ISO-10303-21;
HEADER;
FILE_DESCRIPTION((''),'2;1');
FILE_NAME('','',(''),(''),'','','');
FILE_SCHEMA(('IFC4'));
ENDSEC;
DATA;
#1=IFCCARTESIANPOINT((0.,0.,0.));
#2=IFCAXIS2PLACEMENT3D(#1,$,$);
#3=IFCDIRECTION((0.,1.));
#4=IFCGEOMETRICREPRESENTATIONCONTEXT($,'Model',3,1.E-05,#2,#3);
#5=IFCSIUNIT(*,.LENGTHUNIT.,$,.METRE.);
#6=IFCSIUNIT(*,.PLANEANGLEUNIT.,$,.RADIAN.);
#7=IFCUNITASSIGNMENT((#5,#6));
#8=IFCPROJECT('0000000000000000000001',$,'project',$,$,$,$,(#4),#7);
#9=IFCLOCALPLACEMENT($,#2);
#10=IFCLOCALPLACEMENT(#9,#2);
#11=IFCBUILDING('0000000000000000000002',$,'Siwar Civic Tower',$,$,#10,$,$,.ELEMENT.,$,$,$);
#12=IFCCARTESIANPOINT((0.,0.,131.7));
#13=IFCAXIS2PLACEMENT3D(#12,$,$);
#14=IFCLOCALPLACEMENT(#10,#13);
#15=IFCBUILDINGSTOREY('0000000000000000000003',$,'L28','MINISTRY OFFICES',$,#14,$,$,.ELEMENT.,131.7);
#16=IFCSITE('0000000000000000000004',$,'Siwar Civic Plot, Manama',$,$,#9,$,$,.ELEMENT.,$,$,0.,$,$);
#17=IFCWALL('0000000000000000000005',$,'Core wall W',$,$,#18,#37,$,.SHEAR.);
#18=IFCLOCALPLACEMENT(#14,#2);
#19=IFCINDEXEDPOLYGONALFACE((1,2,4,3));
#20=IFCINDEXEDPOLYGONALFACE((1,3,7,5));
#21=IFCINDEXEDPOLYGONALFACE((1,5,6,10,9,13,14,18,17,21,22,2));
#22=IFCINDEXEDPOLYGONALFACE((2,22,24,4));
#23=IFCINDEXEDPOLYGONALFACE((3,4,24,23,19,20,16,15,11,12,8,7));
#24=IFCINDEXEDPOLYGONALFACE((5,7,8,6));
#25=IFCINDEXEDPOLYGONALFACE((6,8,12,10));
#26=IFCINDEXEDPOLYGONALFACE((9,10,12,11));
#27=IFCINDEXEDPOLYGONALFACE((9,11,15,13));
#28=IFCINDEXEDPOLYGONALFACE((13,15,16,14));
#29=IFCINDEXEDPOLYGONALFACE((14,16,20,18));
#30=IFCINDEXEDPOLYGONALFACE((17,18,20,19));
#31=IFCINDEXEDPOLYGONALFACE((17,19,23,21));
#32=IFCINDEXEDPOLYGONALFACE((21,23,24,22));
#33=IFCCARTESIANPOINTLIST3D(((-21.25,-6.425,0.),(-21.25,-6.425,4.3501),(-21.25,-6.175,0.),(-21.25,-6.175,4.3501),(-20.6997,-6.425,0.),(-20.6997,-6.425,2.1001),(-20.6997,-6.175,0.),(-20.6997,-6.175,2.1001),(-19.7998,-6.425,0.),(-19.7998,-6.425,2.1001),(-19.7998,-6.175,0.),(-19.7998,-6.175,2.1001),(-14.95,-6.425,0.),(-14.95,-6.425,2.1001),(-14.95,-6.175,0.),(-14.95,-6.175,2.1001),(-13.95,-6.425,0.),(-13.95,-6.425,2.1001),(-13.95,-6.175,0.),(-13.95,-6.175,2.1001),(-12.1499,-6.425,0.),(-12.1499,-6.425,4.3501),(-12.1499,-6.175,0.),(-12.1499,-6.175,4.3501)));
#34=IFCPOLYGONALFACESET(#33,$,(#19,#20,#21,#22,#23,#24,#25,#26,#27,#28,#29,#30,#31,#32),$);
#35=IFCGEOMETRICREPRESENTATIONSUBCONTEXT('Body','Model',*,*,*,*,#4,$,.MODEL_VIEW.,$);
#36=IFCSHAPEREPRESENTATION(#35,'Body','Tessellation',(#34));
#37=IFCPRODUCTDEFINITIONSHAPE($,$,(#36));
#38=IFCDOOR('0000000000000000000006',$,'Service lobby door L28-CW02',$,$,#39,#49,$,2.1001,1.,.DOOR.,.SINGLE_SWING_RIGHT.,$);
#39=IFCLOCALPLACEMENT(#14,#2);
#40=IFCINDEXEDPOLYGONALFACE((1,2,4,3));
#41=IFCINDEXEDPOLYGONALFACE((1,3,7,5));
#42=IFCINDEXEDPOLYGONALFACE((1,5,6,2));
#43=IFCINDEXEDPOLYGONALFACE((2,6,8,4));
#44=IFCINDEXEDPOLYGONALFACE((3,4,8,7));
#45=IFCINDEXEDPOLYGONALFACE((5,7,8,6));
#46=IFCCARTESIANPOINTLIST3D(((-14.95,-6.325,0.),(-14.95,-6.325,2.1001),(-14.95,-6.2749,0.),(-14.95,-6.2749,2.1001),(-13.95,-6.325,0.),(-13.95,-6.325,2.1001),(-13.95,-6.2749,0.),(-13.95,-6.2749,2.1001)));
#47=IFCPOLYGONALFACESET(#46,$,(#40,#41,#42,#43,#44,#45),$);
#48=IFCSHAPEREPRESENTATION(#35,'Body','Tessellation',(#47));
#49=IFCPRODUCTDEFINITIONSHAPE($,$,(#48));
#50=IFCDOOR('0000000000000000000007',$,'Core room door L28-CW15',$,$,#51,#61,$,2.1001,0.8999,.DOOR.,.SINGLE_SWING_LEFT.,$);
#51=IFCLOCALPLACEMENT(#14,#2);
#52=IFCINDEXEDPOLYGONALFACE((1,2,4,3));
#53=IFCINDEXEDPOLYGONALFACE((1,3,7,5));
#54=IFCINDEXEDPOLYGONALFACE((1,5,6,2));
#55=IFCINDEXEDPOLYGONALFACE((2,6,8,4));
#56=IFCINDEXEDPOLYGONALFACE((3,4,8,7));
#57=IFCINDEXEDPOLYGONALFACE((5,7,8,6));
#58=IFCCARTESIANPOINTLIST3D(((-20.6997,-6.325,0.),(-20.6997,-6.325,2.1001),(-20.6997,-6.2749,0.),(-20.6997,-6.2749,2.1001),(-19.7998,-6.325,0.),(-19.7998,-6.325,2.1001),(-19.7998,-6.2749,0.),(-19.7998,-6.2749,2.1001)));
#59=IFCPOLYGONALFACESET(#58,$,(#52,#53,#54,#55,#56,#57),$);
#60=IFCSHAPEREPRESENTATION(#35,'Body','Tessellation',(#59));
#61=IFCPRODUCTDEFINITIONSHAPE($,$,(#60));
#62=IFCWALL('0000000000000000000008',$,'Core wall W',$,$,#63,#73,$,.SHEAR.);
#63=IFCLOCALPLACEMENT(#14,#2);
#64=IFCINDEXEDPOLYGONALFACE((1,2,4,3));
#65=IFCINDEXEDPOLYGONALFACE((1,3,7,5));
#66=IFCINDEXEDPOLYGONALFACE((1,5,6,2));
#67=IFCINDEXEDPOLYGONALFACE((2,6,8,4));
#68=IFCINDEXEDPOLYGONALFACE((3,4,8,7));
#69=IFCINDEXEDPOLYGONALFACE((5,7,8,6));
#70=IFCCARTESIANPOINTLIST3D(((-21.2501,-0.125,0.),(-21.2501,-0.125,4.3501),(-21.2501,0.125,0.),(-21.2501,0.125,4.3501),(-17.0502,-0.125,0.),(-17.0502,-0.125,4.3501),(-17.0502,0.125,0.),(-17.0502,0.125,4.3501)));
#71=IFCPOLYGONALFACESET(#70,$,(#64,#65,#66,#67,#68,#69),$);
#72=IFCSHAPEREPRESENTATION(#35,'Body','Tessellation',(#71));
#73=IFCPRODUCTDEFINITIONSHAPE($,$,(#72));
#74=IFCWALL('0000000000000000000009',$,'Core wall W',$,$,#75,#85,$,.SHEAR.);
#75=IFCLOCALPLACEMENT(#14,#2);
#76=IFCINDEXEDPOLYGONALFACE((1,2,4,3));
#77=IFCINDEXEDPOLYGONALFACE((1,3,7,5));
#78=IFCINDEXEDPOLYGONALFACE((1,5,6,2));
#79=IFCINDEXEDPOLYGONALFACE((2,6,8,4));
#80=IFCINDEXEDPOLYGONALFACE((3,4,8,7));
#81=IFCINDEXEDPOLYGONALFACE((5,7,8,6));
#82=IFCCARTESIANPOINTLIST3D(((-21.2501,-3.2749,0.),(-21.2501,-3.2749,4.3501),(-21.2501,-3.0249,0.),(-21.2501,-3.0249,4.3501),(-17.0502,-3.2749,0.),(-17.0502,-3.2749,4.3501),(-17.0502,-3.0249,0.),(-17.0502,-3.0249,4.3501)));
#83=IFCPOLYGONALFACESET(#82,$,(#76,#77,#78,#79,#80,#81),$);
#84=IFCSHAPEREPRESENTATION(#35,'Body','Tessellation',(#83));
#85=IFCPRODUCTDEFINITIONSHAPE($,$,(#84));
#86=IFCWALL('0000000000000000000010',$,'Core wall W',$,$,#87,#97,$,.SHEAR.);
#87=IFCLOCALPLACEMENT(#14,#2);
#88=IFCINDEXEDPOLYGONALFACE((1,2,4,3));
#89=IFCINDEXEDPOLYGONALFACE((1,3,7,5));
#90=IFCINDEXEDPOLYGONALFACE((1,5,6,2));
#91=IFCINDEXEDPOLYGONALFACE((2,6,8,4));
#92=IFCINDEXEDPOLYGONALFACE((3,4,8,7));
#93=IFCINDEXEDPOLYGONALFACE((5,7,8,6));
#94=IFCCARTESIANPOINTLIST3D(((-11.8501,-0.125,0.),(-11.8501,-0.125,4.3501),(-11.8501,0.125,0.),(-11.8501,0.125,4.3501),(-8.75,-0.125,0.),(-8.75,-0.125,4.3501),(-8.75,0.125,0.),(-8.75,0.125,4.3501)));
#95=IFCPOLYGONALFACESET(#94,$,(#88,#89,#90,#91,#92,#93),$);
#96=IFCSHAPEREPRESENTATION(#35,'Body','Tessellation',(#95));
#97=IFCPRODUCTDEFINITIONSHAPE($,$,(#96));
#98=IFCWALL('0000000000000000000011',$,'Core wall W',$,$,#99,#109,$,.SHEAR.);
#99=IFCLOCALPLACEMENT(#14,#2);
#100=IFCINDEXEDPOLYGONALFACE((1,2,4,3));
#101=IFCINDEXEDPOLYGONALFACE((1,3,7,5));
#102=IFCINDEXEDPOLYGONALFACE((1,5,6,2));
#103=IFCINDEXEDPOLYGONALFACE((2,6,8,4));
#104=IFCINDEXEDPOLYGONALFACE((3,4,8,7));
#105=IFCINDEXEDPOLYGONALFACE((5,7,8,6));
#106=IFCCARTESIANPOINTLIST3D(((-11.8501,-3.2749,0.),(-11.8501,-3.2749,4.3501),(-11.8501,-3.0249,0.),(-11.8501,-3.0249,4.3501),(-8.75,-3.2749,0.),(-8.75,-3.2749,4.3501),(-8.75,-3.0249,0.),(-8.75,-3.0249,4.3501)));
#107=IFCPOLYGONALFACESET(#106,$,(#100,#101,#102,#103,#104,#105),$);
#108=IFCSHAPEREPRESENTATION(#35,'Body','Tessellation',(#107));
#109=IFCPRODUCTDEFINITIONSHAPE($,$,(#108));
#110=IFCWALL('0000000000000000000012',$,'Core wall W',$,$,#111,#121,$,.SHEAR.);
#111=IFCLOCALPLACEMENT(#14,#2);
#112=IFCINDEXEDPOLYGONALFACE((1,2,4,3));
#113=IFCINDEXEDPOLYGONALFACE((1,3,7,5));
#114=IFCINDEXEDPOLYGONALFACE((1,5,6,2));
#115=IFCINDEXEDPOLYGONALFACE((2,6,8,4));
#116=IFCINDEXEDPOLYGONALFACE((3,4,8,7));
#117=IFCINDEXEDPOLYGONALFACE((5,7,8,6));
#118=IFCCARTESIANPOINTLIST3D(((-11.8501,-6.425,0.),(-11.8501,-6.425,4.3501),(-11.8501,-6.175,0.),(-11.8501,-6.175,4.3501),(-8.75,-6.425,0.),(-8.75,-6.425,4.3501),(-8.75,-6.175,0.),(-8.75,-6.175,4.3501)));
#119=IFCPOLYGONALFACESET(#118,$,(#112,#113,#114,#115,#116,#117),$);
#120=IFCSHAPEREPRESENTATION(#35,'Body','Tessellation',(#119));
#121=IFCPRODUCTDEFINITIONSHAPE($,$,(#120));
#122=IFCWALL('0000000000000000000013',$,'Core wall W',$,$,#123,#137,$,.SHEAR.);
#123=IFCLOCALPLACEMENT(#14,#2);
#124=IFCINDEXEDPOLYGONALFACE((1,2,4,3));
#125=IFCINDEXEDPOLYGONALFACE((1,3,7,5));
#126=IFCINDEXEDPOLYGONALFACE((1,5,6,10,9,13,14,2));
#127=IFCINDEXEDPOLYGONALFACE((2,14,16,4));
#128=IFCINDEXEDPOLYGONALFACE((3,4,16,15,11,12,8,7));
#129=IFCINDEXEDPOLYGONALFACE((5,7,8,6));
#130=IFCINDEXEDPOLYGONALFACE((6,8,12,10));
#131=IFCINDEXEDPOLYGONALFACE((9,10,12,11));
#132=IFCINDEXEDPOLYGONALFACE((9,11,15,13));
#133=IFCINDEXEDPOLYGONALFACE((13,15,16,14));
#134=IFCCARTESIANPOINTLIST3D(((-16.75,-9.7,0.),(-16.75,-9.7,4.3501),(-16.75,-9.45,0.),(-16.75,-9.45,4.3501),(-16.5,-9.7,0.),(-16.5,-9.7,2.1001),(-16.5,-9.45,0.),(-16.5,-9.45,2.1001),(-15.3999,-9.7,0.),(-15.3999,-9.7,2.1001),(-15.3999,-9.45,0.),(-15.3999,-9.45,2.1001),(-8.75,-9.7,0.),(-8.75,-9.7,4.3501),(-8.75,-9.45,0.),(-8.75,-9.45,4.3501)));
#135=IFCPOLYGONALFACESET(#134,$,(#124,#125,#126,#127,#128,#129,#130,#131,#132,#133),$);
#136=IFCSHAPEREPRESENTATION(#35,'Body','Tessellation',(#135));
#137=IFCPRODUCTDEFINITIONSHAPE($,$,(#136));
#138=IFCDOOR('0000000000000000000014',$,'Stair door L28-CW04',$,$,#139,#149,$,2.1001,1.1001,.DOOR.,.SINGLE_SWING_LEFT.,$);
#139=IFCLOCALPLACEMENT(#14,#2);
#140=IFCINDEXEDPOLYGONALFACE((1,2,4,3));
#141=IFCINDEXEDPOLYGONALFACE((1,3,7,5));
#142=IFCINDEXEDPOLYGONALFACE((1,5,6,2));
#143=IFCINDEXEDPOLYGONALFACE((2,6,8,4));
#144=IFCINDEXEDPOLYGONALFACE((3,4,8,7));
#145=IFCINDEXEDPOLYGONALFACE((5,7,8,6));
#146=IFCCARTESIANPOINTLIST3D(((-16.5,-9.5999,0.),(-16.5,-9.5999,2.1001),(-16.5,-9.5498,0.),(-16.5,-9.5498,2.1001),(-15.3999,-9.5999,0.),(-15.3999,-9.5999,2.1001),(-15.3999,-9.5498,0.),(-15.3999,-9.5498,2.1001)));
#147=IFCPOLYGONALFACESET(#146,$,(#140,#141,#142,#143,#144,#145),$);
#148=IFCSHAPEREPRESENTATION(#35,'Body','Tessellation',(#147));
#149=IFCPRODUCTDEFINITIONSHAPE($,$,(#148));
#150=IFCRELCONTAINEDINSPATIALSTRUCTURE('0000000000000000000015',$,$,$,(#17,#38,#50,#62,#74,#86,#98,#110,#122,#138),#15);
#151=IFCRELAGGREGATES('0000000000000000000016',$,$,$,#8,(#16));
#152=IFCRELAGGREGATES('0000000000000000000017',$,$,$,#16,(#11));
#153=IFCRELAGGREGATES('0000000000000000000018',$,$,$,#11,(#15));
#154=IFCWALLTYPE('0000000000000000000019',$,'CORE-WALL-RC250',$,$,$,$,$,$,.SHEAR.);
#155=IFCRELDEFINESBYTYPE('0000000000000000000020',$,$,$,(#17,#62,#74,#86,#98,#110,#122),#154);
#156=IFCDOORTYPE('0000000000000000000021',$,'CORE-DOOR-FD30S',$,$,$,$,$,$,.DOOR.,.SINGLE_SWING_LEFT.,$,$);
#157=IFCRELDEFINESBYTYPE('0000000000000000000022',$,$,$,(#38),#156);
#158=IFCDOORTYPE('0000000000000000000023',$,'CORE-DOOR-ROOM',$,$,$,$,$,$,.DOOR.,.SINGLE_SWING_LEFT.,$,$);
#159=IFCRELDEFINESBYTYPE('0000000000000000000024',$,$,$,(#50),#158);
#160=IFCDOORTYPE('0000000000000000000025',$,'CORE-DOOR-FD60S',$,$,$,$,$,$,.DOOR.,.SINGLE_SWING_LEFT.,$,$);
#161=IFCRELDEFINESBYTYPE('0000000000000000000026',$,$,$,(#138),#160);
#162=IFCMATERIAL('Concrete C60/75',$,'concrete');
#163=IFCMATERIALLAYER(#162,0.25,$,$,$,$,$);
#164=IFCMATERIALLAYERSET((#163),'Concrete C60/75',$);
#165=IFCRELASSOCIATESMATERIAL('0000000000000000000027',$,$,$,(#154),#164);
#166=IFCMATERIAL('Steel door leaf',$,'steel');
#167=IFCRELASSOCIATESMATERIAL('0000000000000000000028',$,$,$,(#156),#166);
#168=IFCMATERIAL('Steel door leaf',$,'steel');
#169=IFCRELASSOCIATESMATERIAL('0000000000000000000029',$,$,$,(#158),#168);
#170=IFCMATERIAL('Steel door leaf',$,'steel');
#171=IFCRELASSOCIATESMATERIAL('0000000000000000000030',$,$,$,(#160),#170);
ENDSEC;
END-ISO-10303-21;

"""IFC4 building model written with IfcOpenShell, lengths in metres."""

from ifc_helpers import new_model, si_unit, direction, frame, frame_2d, origin, place, context, subcontext, project, spatial, rectangle, extrude, material, layer, layer_set, type_object, element, fill, save


model = new_model("IFC4")

# Units and contexts
model_context = context("Model", 3, precision=1e-05, world=origin(), true_north=direction((0.0, 1.0)))
body_context = subcontext(model_context, "Body", "Model", "MODEL_VIEW")
ifc_project = project(units=[si_unit("LENGTHUNIT", "METRE"), si_unit("PLANEANGLEUNIT", "RADIAN")], contexts=[model_context])

# Site, building, storey
site_placement = place(None, origin())
site = spatial("IfcSite", under=ifc_project, at=site_placement, Name="Siwar Civic Plot, Manama", CompositionType="ELEMENT", RefElevation=0.0)
building_placement = place(site_placement, origin())
building = spatial("IfcBuilding", under=site, at=building_placement, Name="Siwar Civic Tower", CompositionType="ELEMENT")
storey_placement = place(building_placement, frame((0.0, 0.0, 131.7)))
storey = spatial("IfcBuildingStorey", under=building, at=storey_placement, Name="L28", Description="MINISTRY OFFICES", CompositionType="ELEMENT", Elevation=131.7)

# Wall, openings, doors
ifc_material_1 = material(Name="Concrete C60/75", Category="concrete")
ifc_layer_1 = layer(ifc_material_1, 0.25)
ifc_layer_set_1 = layer_set([ifc_layer_1], Name="Concrete C60/75")
wall_type_1 = type_object("IfcWallType", Name="CORE-WALL-RC250", PredefinedType="SHEAR", material=ifc_layer_set_1)
wall_1_placement = place(storey_placement, frame((-12.1499, -6.3, 0.0), z_axis=(0.0, 0.0, 1.0), x_axis=(-1.0, 0.0, 0.0)))
wall_1 = element("IfcWall", 1, at=wall_1_placement, inside=storey, type_object=wall_type_1, Name="Core wall W", PredefinedType="SHEAR", context=body_context, shape_type="SweptSolid", body=[
    extrude(rectangle(XDim=9.1001, YDim=0.25, at=frame_2d((4.55, 0.0))), origin(), (0.0, 0.0, 1.0), 4.3501),
])
opening_1_placement = place(wall_1_placement, frame((1.8, 0.0, 0.0)))
opening_1 = element("IfcOpeningElement", 2, at=opening_1_placement, cuts=wall_1, PredefinedType="OPENING", context=body_context, shape_type="SweptSolid", body=[
    extrude(rectangle(XDim=1.0, YDim=2.1001, at=frame_2d((0.5, 1.05))), frame((0.0, 0.135, 0.0), z_axis=(0.0, -1.0, 0.0), x_axis=(1.0, 0.0, 0.0)), (0.0, 0.0, 1.0), 0.27),
])
opening_2_placement = place(wall_1_placement, frame((7.6499, 0.0, 0.0)))
opening_2 = element("IfcOpeningElement", 3, at=opening_2_placement, cuts=wall_1, PredefinedType="OPENING", context=body_context, shape_type="SweptSolid", body=[
    extrude(rectangle(XDim=0.8999, YDim=2.1001, at=frame_2d((0.45, 1.05))), frame((0.0, 0.135, 0.0), z_axis=(0.0, -1.0, 0.0), x_axis=(1.0, 0.0, 0.0)), (0.0, 0.0, 1.0), 0.27),
])
ifc_material_2 = material(Name="Steel door leaf", Category="steel")
door_type_1 = type_object("IfcDoorType", Name="CORE-DOOR-FD30S", OperationType="SINGLE_SWING_LEFT", PredefinedType="DOOR", material=ifc_material_2)
door_1_placement = place(opening_1_placement, origin())
door_1 = element("IfcDoor", 4, at=door_1_placement, inside=storey, type_object=door_type_1, Name="Service lobby door L28-CW02", OperationType="SINGLE_SWING_RIGHT", OverallHeight=2.1001, OverallWidth=1.0, PredefinedType="DOOR", context=body_context, shape_type="SweptSolid", body=[
    extrude(rectangle(XDim=1.0, YDim=2.1001, at=frame_2d((0.5, 1.05))), frame((0.0, 0.0249, 0.0), z_axis=(0.0, -1.0, 0.0), x_axis=(1.0, 0.0, 0.0)), (0.0, 0.0, 1.0), 0.05),
])
fill(opening_1, door_1)
ifc_material_3 = material(Name="Steel door leaf", Category="steel")
door_type_2 = type_object("IfcDoorType", Name="CORE-DOOR-ROOM", OperationType="SINGLE_SWING_LEFT", PredefinedType="DOOR", material=ifc_material_3)
door_2_placement = place(opening_2_placement, origin())
door_2 = element("IfcDoor", 5, at=door_2_placement, inside=storey, type_object=door_type_2, Name="Core room door L28-CW15", OperationType="SINGLE_SWING_LEFT", OverallHeight=2.1001, OverallWidth=0.8999, PredefinedType="DOOR", context=body_context, shape_type="SweptSolid", body=[
    extrude(rectangle(XDim=0.8999, YDim=2.1001, at=frame_2d((0.45, 1.05))), frame((0.0, 0.0249, 0.0), z_axis=(0.0, -1.0, 0.0), x_axis=(1.0, 0.0, 0.0)), (0.0, 0.0, 1.0), 0.05),
])
fill(opening_2, door_2)

# Walls
for number, where, z_axis, x_axis, name in (
    (6, (-17.05, 0.0, 0.0), (0.0, 0.0, 1.0), (-1.0, 0.0, 0.0), "Core wall W"),
    (7, (-17.05, -3.1499, 0.0), (0.0, 0.0, 1.0), (-1.0, 0.0, 0.0), "Core wall W"),
):
    element("IfcWall", number, at=place(storey_placement, frame(where, z_axis=z_axis, x_axis=x_axis)), inside=storey, type_object=wall_type_1, Name=name, PredefinedType="SHEAR", context=body_context, shape_type="SweptSolid", body=[
        extrude(rectangle(XDim=4.2, YDim=0.25, at=frame_2d((2.1001, 0.0))), origin(), (0.0, 0.0, 1.0), 4.3501),
    ])
for number, where, z_axis, x_axis, name in (
    (8, (-8.75, 0.0, 0.0), (0.0, 0.0, 1.0), (-1.0, 0.0, 0.0), "Core wall W"),
    (9, (-8.75, -3.1499, 0.0), (0.0, 0.0, 1.0), (-1.0, 0.0, 0.0), "Core wall W"),
    (10, (-8.75, -6.3, 0.0), (0.0, 0.0, 1.0), (-1.0, 0.0, 0.0), "Core wall W"),
):
    element("IfcWall", number, at=place(storey_placement, frame(where, z_axis=z_axis, x_axis=x_axis)), inside=storey, type_object=wall_type_1, Name=name, PredefinedType="SHEAR", context=body_context, shape_type="SweptSolid", body=[
        extrude(rectangle(XDim=3.1001, YDim=0.25, at=frame_2d((1.55, 0.0))), origin(), (0.0, 0.0, 1.0), 4.3501),
    ])

# Wall, opening, door
wall_2_placement = place(storey_placement, frame((-8.75, -9.575, 0.0), z_axis=(0.0, 0.0, 1.0), x_axis=(-1.0, 0.0, 0.0)))
wall_2 = element("IfcWall", 11, at=wall_2_placement, inside=storey, type_object=wall_type_1, Name="Core wall W", PredefinedType="SHEAR", context=body_context, shape_type="SweptSolid", body=[
    extrude(rectangle(XDim=8.0, YDim=0.25, at=frame_2d((4.0, 0.0))), origin(), (0.0, 0.0, 1.0), 4.3501),
])
opening_3_placement = place(wall_2_placement, frame((6.6499, 0.0, 0.0)))
opening_3 = element("IfcOpeningElement", 12, at=opening_3_placement, cuts=wall_2, PredefinedType="OPENING", context=body_context, shape_type="SweptSolid", body=[
    extrude(rectangle(XDim=1.1001, YDim=2.1001, at=frame_2d((0.55, 1.05))), frame((0.0, 0.135, 0.0), z_axis=(0.0, -1.0, 0.0), x_axis=(1.0, 0.0, 0.0)), (0.0, 0.0, 1.0), 0.27),
])
ifc_material_4 = material(Name="Steel door leaf", Category="steel")
door_type_3 = type_object("IfcDoorType", Name="CORE-DOOR-FD60S", OperationType="SINGLE_SWING_LEFT", PredefinedType="DOOR", material=ifc_material_4)
door_3_placement = place(opening_3_placement, origin())
door_3 = element("IfcDoor", 13, at=door_3_placement, inside=storey, type_object=door_type_3, Name="Stair door L28-CW04", OperationType="SINGLE_SWING_LEFT", OverallHeight=2.1001, OverallWidth=1.1001, PredefinedType="DOOR", context=body_context, shape_type="SweptSolid", body=[
    extrude(rectangle(XDim=1.1001, YDim=2.1001, at=frame_2d((0.55, 1.05))), frame((0.0, 0.0249, 0.0), z_axis=(0.0, -1.0, 0.0), x_axis=(1.0, 0.0, 0.0)), (0.0, 0.0, 1.0), 0.05),
])
fill(opening_3, door_3)

save(model, "model.ifc")
